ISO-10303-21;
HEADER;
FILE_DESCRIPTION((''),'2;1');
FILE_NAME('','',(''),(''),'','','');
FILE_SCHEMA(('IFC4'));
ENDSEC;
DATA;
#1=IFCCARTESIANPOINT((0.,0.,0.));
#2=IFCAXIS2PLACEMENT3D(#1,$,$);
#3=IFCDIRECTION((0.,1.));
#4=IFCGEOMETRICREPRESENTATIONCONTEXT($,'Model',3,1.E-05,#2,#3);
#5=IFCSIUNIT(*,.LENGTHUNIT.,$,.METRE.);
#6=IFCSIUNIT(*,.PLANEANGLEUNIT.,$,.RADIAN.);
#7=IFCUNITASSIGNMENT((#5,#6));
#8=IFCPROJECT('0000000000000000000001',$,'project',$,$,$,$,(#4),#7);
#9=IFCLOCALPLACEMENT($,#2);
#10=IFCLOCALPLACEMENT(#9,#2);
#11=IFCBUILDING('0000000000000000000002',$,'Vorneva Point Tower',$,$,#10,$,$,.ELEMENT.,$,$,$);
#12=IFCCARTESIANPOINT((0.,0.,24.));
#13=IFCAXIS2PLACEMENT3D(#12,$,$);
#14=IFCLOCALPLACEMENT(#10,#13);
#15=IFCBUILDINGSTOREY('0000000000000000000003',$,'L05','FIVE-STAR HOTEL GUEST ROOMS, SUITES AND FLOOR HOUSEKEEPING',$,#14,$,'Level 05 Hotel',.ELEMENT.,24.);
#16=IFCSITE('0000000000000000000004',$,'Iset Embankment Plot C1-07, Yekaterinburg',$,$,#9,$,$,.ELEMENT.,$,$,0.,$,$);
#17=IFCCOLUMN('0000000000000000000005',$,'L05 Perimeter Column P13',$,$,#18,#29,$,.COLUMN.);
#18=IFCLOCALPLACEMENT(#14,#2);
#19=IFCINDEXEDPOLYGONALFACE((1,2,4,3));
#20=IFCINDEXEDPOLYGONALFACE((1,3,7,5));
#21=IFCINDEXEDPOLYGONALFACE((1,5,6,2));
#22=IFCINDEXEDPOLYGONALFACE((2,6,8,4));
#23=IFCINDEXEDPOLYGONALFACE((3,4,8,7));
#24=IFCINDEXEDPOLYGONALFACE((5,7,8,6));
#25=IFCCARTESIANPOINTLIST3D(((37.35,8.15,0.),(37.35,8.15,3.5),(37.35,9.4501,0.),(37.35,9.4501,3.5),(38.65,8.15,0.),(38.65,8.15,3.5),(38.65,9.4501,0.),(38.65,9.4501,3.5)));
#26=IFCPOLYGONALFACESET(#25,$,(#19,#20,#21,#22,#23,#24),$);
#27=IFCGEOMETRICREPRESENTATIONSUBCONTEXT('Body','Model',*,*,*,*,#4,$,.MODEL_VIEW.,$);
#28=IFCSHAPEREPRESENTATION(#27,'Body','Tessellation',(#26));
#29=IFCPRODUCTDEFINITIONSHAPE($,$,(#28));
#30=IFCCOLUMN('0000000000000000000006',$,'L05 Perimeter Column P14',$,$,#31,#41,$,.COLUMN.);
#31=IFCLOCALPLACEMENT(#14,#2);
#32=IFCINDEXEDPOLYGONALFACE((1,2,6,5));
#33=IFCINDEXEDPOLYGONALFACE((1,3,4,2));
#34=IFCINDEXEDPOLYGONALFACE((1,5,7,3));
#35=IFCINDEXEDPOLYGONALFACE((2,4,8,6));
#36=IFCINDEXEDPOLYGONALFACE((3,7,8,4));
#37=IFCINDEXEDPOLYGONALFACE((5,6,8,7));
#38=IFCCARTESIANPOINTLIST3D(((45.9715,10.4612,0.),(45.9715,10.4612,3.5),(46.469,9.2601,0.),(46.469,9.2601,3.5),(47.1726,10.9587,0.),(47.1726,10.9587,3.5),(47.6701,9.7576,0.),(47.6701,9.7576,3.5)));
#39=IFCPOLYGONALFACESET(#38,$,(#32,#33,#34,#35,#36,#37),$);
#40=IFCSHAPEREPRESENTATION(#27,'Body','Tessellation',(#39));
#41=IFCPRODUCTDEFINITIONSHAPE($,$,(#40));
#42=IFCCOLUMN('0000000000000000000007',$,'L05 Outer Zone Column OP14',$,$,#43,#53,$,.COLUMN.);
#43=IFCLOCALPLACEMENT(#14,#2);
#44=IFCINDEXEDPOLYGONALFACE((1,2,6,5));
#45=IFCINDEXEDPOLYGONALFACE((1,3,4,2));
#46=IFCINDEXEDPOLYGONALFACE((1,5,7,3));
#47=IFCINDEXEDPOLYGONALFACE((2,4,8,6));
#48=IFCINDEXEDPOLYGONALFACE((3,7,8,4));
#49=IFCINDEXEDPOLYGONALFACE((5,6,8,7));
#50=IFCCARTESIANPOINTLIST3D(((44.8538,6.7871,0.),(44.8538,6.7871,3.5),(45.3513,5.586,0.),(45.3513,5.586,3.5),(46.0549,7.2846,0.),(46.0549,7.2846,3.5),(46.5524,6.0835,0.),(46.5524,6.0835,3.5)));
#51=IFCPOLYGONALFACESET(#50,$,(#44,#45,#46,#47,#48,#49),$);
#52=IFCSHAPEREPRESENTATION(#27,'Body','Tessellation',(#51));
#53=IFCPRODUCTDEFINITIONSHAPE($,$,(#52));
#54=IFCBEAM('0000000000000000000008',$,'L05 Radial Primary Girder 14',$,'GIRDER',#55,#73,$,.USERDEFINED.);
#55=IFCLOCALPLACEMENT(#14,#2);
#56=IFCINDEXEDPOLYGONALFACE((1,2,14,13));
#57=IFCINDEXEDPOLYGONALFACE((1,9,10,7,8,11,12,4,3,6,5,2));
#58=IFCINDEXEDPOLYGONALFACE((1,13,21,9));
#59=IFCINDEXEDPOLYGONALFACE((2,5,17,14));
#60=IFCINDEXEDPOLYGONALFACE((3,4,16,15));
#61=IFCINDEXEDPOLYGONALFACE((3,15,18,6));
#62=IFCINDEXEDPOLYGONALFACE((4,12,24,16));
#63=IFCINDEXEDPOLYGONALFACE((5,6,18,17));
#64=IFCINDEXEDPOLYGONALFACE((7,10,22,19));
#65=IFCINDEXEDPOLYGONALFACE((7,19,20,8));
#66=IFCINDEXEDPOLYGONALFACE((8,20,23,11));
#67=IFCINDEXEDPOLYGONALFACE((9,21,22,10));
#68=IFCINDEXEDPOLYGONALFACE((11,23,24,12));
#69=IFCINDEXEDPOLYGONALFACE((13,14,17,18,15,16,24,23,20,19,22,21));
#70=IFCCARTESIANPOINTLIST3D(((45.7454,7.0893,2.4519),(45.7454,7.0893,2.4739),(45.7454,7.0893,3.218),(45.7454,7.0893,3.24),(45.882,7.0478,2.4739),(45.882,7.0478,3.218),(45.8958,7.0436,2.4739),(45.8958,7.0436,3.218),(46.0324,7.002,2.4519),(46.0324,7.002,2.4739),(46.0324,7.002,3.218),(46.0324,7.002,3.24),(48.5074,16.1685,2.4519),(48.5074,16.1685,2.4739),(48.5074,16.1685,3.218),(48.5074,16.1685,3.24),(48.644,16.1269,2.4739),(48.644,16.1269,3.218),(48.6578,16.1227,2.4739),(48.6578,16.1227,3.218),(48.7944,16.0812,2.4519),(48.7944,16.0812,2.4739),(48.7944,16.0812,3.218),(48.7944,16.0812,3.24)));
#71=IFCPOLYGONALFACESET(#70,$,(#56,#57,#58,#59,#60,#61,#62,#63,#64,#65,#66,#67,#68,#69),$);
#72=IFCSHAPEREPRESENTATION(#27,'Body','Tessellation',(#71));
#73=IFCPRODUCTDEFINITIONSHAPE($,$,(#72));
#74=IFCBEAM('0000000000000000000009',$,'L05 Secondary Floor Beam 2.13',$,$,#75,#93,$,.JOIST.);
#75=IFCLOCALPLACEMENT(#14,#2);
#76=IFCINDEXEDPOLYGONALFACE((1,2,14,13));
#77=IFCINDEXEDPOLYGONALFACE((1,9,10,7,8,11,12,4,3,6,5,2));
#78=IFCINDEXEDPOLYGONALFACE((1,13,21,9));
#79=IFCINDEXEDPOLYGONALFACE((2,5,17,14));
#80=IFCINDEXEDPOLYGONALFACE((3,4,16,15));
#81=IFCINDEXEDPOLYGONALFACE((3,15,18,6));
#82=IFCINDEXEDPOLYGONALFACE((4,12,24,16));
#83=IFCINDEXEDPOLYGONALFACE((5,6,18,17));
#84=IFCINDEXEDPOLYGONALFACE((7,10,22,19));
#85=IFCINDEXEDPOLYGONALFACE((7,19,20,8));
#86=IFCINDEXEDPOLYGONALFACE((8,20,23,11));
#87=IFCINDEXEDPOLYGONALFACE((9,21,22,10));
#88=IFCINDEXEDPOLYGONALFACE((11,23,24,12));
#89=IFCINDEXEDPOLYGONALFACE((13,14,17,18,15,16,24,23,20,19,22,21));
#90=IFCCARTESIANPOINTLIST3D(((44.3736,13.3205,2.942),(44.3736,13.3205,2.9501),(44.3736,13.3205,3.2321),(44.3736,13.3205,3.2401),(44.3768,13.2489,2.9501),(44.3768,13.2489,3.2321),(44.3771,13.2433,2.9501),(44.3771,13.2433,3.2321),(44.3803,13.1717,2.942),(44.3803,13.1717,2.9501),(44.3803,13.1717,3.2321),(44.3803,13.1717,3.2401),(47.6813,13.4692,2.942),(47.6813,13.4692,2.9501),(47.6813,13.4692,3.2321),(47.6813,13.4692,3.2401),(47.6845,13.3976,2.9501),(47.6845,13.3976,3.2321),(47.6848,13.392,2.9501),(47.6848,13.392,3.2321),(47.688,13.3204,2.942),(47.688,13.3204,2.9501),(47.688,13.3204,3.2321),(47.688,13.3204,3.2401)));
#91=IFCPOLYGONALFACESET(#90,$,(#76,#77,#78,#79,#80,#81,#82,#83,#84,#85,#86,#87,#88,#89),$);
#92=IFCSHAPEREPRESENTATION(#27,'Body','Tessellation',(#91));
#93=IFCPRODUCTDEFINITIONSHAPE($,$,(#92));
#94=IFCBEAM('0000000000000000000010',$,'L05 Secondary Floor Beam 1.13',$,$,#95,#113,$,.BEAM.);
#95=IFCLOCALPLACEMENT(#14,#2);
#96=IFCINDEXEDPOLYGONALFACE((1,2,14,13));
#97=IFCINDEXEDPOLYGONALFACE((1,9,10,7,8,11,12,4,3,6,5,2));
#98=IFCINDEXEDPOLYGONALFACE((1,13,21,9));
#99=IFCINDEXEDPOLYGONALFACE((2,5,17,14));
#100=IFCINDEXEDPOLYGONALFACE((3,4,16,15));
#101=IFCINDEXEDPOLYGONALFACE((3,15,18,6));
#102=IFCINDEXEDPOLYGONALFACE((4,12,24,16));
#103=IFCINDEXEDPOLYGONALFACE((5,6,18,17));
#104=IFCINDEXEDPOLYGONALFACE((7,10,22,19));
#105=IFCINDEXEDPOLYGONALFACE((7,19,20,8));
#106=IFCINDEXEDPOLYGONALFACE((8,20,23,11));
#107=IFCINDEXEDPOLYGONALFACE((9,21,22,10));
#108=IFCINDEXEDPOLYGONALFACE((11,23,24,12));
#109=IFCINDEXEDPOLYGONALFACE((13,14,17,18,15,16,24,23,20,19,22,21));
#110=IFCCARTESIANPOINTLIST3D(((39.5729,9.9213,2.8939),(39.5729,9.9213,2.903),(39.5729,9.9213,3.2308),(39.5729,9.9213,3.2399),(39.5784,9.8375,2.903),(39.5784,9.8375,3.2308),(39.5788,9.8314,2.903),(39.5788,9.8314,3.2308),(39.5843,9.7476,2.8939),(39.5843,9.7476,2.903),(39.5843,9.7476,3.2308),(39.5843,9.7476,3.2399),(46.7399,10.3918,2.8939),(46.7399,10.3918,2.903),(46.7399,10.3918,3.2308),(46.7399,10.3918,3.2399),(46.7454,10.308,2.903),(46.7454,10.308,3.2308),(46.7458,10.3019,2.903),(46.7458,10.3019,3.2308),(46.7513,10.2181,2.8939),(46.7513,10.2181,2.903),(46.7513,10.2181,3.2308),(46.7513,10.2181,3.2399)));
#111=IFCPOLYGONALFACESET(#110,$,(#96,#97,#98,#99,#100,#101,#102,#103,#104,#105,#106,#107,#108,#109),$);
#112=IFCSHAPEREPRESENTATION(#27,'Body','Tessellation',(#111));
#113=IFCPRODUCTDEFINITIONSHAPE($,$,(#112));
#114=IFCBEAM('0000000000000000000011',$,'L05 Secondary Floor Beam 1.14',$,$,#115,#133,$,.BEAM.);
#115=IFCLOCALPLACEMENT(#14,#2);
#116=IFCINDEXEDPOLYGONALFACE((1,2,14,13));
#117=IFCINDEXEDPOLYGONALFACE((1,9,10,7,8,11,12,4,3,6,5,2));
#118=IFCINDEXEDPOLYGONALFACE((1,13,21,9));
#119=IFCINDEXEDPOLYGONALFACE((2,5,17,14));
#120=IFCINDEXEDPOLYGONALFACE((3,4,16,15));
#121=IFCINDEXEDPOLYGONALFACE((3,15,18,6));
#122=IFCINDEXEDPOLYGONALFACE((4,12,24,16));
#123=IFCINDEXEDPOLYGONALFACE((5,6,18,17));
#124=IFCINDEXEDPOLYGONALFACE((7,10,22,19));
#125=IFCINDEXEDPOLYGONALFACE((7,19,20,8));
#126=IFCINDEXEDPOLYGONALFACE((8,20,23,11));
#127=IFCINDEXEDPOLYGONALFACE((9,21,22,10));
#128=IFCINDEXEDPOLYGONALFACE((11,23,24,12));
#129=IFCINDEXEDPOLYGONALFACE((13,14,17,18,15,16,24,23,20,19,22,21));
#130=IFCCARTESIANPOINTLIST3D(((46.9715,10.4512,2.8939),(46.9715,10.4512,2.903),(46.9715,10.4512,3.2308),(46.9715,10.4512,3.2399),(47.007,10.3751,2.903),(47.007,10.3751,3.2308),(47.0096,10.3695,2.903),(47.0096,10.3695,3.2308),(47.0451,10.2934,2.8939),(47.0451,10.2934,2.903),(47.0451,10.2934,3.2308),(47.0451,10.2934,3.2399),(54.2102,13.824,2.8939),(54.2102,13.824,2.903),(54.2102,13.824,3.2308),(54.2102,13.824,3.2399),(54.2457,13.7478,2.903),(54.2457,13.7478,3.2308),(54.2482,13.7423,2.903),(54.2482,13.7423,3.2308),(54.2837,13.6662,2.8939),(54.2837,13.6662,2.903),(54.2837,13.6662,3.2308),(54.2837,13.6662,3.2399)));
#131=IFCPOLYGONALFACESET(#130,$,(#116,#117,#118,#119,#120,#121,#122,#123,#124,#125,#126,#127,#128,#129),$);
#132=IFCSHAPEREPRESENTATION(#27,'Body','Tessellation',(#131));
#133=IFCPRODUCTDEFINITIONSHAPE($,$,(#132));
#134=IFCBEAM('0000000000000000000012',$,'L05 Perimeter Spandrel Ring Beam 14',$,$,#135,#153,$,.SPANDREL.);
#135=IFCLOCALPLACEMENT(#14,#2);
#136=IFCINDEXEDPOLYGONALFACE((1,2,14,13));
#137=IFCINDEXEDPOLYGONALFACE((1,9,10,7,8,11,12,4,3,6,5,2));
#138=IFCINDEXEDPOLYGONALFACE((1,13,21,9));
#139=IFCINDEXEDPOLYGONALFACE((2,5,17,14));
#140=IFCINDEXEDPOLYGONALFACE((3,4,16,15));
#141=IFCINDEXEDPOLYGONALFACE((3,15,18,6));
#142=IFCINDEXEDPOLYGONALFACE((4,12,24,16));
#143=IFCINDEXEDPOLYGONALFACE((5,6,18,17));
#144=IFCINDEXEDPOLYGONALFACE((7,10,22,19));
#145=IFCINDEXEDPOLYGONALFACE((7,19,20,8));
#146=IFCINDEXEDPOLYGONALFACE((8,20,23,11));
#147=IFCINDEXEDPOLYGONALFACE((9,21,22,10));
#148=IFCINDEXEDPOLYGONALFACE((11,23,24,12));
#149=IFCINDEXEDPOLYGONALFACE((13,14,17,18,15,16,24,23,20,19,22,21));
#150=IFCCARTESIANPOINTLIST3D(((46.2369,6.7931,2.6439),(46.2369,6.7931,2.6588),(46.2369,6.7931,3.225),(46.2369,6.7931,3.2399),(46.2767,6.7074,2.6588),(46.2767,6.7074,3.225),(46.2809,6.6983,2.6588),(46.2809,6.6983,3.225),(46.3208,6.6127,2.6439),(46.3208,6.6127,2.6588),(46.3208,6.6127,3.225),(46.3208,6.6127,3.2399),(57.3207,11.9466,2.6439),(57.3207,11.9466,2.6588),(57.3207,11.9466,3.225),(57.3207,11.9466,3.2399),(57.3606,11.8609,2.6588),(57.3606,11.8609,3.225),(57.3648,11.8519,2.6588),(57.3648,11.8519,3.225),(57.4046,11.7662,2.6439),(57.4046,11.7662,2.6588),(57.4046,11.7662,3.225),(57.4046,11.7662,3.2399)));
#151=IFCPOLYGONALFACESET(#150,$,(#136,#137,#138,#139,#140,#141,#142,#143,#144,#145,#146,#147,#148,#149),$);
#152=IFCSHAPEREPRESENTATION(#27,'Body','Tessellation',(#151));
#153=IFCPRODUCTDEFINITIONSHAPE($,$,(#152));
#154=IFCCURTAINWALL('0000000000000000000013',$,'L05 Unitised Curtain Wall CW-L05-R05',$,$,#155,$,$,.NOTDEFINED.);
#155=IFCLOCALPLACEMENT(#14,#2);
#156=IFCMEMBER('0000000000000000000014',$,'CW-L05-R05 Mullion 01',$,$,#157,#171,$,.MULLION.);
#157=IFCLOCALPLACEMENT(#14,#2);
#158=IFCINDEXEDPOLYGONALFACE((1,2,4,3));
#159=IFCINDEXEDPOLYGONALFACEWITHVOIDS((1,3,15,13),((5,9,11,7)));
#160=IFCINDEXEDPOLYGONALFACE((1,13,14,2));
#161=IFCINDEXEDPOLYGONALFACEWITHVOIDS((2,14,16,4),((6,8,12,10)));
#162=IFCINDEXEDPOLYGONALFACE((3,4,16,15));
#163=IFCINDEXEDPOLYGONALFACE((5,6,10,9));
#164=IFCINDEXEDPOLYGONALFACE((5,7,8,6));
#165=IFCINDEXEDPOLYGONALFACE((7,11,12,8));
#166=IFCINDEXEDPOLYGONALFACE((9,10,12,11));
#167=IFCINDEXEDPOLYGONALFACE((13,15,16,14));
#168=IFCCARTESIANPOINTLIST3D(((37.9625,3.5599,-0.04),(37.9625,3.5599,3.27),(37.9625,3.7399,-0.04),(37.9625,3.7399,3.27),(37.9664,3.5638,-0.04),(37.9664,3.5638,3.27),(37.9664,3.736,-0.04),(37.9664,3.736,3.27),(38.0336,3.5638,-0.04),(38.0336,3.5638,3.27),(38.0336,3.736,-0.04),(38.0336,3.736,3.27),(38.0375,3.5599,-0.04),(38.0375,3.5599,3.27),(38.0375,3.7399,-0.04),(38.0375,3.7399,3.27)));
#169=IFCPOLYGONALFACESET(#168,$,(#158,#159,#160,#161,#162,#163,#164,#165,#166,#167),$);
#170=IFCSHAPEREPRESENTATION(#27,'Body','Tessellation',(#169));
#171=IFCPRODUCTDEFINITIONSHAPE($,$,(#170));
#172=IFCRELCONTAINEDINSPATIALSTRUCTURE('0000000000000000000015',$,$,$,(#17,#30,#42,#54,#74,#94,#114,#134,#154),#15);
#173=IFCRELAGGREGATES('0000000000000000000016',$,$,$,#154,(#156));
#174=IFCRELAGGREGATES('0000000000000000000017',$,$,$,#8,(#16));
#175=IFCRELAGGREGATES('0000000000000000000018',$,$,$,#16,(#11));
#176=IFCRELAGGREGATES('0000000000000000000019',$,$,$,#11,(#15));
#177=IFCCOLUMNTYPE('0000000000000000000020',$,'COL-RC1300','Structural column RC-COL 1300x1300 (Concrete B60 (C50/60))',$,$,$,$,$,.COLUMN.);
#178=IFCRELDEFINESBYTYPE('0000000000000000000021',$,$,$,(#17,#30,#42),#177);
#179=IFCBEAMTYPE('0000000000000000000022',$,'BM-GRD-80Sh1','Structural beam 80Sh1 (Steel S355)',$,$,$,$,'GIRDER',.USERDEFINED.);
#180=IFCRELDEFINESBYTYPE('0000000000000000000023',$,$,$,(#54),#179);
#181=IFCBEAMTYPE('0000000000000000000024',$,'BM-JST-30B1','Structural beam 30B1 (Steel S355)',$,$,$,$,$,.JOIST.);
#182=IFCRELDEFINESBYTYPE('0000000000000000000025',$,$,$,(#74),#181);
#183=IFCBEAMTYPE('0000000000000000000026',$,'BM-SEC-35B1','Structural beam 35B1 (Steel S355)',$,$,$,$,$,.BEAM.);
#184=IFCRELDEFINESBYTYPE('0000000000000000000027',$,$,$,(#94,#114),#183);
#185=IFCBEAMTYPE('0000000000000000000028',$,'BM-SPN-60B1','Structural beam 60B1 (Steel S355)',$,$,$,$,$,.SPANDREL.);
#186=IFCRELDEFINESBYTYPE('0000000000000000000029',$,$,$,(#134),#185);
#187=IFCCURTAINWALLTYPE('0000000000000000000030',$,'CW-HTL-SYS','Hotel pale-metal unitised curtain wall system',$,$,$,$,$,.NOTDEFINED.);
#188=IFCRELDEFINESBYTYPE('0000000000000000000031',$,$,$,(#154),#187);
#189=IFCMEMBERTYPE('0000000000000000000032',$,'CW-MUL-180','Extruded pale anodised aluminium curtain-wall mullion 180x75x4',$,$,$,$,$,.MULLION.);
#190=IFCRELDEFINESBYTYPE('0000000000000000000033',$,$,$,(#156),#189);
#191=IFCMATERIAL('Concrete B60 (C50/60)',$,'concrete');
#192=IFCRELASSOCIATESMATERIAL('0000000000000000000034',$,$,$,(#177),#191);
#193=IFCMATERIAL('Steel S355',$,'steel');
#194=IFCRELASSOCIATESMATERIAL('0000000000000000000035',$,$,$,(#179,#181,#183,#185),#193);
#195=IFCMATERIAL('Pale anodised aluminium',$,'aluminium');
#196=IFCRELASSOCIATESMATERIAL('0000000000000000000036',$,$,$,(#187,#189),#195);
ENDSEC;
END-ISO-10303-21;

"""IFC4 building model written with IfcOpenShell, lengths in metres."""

from ifc_helpers import new_model, si_unit, direction, frame, origin, origin_2d, place, context, subcontext, project, spatial, rectangle, hollow_rectangle, i_section, extrude, material, material_profile, profile_set, type_object, element, aggregate, save


model = new_model("IFC4")

# Units and contexts
model_context = context("Model", 3, precision=1e-05, world=origin(), true_north=direction((0.0, 1.0)))
body_context = subcontext(model_context, "Body", "Model", "MODEL_VIEW")
ifc_project = project(units=[si_unit("LENGTHUNIT", "METRE"), si_unit("PLANEANGLEUNIT", "RADIAN")], contexts=[model_context])

# Site, building, storey
site_placement = place(None, origin())
site = spatial("IfcSite", under=ifc_project, at=site_placement, Name="Iset Embankment Plot C1-07, Yekaterinburg", CompositionType="ELEMENT", RefElevation=0.0)
building_placement = place(site_placement, origin())
building = spatial("IfcBuilding", under=site, at=building_placement, Name="Vorneva Point Tower", CompositionType="ELEMENT")
storey_placement = place(building_placement, frame((0.0, 0.0, 24.0)))
storey = spatial("IfcBuildingStorey", under=building, at=storey_placement, Name="L05", Description="FIVE-STAR HOTEL GUEST ROOMS, SUITES AND FLOOR HOUSEKEEPING", LongName="Level 05 Hotel", CompositionType="ELEMENT", Elevation=24.0)

# Columns
ifc_material_1 = material(Name="Concrete B60 (C50/60)", Category="concrete")
ifc_material_profile_1 = material_profile(ifc_material_1, rectangle(XDim=1.3, YDim=1.3, at=origin_2d()), Name="RC-COL 1300x1300")
ifc_profile_set_1 = profile_set([ifc_material_profile_1], Name="Concrete B60 (C50/60)")
column_type = type_object("IfcColumnType", Name="COL-RC1300", Description="Structural column RC-COL 1300x1300 (Concrete B60 (C50/60))", PredefinedType="COLUMN", material=ifc_profile_set_1)
for number, where, z_axis, x_axis, name in (
    (1, (38.0, 8.8, 0.0), (0.0, 0.0, 1.0), (0.0, -1.0, 0.0), "L05 Perimeter Column P13"),
    (2, (46.8208, 10.1094, 0.0), (0.0, 0.0, 1.0), (0.382683, -0.92388, 0.0), "L05 Perimeter Column P14"),
    (3, (45.7031, 6.4353, 0.0), (0.0, 0.0, 1.0), (0.382683, -0.92388, 0.0), "L05 Outer Zone Column OP14"),
):
    element("IfcColumn", number, at=place(storey_placement, frame(where, z_axis=z_axis, x_axis=x_axis)), inside=storey, type_object=column_type, Name=name, PredefinedType="COLUMN", context=body_context, shape_type="SweptSolid", body=[
        extrude(rectangle(XDim=1.3, YDim=1.3, at=origin_2d()), origin(), (0.0, 0.0, 1.0), 3.5),
    ])

# Beams
ifc_material_2 = material(Name="Steel S355", Category="steel")
ifc_material_profile_2 = material_profile(ifc_material_2, i_section(OverallWidth=0.3, OverallDepth=0.7881, WebThickness=0.0144, FlangeThickness=0.022, at=origin_2d()), Name="80Sh1")
ifc_profile_set_2 = profile_set([ifc_material_profile_2], Name="Steel S355")
beam_type_1 = type_object("IfcBeamType", Name="BM-GRD-80Sh1", Description="Structural beam 80Sh1 (Steel S355)", ElementType="GIRDER", PredefinedType="USERDEFINED", material=ifc_profile_set_2)
beam_1_placement = place(storey_placement, frame((45.8889, 7.0457, 2.8459), z_axis=(0.291042, 0.95671, 0.0), x_axis=(-0.95671, 0.291042, 0.0)))
element("IfcBeam", 4, at=beam_1_placement, inside=storey, type_object=beam_type_1, Name="L05 Radial Primary Girder 14", ObjectType="GIRDER", PredefinedType="USERDEFINED", context=body_context, shape_type="SweptSolid", body=[
    extrude(i_section(OverallWidth=0.3, OverallDepth=0.7881, WebThickness=0.0144, FlangeThickness=0.022, at=origin_2d()), origin(), (0.0, 0.0, 1.0), 9.49),
])
ifc_material_profile_3 = material_profile(ifc_material_2, i_section(OverallWidth=0.1489, OverallDepth=0.2981, WebThickness=0.0056, FlangeThickness=0.0081, at=origin_2d()), Name="30B1")
ifc_profile_set_3 = profile_set([ifc_material_profile_3], Name="Steel S355")
beam_type_2 = type_object("IfcBeamType", Name="BM-JST-30B1", Description="Structural beam 30B1 (Steel S355)", PredefinedType="JOIST", material=ifc_profile_set_3)
beam_2_placement = place(storey_placement, frame((44.377, 13.2461, 3.0911), z_axis=(0.998991, 0.044906, 0.0), x_axis=(-0.044906, 0.998991, 0.0)))
element("IfcBeam", 5, at=beam_2_placement, inside=storey, type_object=beam_type_2, Name="L05 Secondary Floor Beam 2.13", PredefinedType="JOIST", context=body_context, shape_type="SweptSolid", body=[
    extrude(i_section(OverallWidth=0.1489, OverallDepth=0.2981, WebThickness=0.0056, FlangeThickness=0.0081, at=origin_2d()), origin(), (0.0, 0.0, 1.0), 3.311),
])
ifc_material_profile_4 = material_profile(ifc_material_2, i_section(OverallWidth=0.1741, OverallDepth=0.3459, WebThickness=0.0061, FlangeThickness=0.009, at=origin_2d()), Name="35B1")
ifc_profile_set_4 = profile_set([ifc_material_profile_4], Name="Steel S355")
beam_type_3 = type_object("IfcBeamType", Name="BM-SEC-35B1", Description="Structural beam 35B1 (Steel S355)", PredefinedType="BEAM", material=ifc_profile_set_4)
beam_3_placement = place(storey_placement, frame((39.5786, 9.8345, 3.0669), z_axis=(0.997852, 0.065501, 0.0), x_axis=(-0.065501, 0.997852, 0.0)))
element("IfcBeam", 6, at=beam_3_placement, inside=storey, type_object=beam_type_3, Name="L05 Secondary Floor Beam 1.13", PredefinedType="BEAM", context=body_context, shape_type="SweptSolid", body=[
    extrude(i_section(OverallWidth=0.1741, OverallDepth=0.3459, WebThickness=0.0061, FlangeThickness=0.009, at=origin_2d()), origin(), (0.0, 0.0, 1.0), 7.1824),
])
beam_4_placement = place(storey_placement, frame((47.0083, 10.3723, 3.0669), z_axis=(0.906437, 0.422341, 0.0), x_axis=(-0.422341, 0.906437, 0.0)))
element("IfcBeam", 7, at=beam_4_placement, inside=storey, type_object=beam_type_3, Name="L05 Secondary Floor Beam 1.14", PredefinedType="BEAM", context=body_context, shape_type="SweptSolid", body=[
    extrude(i_section(OverallWidth=0.1741, OverallDepth=0.3459, WebThickness=0.0061, FlangeThickness=0.009, at=origin_2d()), origin(), (0.0, 0.0, 1.0), 7.9858),
])
ifc_material_profile_5 = material_profile(ifc_material_2, i_section(OverallWidth=0.199, OverallDepth=0.5959, WebThickness=0.01, FlangeThickness=0.0149, at=origin_2d()), Name="60B1")
ifc_profile_set_5 = profile_set([ifc_material_profile_5], Name="Steel S355")
beam_type_4 = type_object("IfcBeamType", Name="BM-SPN-60B1", Description="Structural beam 60B1 (Steel S355)", PredefinedType="SPANDREL", material=ifc_profile_set_5)
beam_5_placement = place(storey_placement, frame((46.2788, 6.7029, 2.9419), z_axis=(0.906777, 0.421611, 0.0), x_axis=(-0.421611, 0.906777, 0.0)))
element("IfcBeam", 8, at=beam_5_placement, inside=storey, type_object=beam_type_4, Name="L05 Perimeter Spandrel Ring Beam 14", PredefinedType="SPANDREL", context=body_context, shape_type="SweptSolid", body=[
    extrude(i_section(OverallWidth=0.199, OverallDepth=0.5959, WebThickness=0.01, FlangeThickness=0.0149, at=origin_2d()), origin(), (0.0, 0.0, 1.0), 12.2234),
])

# Curtain wall, member
ifc_material_3 = material(Name="Pale anodised aluminium", Category="aluminium")
curtain_wall_type = type_object("IfcCurtainWallType", Name="CW-HTL-SYS", Description="Hotel pale-metal unitised curtain wall system", PredefinedType="NOTDEFINED", material=ifc_material_3)
curtain_wall_placement = place(storey_placement, origin())
curtain_wall = element("IfcCurtainWall", 9, at=curtain_wall_placement, inside=storey, type_object=curtain_wall_type, Name="L05 Unitised Curtain Wall CW-L05-R05", PredefinedType="NOTDEFINED")
ifc_material_profile_6 = material_profile(ifc_material_3, hollow_rectangle(XDim=0.075, YDim=0.1799, WallThickness=0.0039, at=origin_2d()), Name="AL-MUL 180x75x4")
ifc_profile_set_6 = profile_set([ifc_material_profile_6], Name="Pale anodised aluminium")
member_type_1 = type_object("IfcMemberType", Name="CW-MUL-180", Description="Extruded pale anodised aluminium curtain-wall mullion 180x75x4", PredefinedType="MULLION", material=ifc_profile_set_6)
member_1_placement = place(storey_placement, frame((38.0, 3.6499, -0.04), z_axis=(0.0, 0.0, 1.0), x_axis=(1.0, 0.0, 0.0)))
member_1 = element("IfcMember", 10, at=member_1_placement, type_object=member_type_1, Name="CW-L05-R05 Mullion 01", PredefinedType="MULLION", context=body_context, shape_type="SweptSolid", body=[
    extrude(hollow_rectangle(XDim=0.075, YDim=0.1799, WallThickness=0.0039, at=origin_2d()), origin(), (0.0, 0.0, 1.0), 3.3101),
])
aggregate(curtain_wall, [member_1])

save(model, "model.ifc")
